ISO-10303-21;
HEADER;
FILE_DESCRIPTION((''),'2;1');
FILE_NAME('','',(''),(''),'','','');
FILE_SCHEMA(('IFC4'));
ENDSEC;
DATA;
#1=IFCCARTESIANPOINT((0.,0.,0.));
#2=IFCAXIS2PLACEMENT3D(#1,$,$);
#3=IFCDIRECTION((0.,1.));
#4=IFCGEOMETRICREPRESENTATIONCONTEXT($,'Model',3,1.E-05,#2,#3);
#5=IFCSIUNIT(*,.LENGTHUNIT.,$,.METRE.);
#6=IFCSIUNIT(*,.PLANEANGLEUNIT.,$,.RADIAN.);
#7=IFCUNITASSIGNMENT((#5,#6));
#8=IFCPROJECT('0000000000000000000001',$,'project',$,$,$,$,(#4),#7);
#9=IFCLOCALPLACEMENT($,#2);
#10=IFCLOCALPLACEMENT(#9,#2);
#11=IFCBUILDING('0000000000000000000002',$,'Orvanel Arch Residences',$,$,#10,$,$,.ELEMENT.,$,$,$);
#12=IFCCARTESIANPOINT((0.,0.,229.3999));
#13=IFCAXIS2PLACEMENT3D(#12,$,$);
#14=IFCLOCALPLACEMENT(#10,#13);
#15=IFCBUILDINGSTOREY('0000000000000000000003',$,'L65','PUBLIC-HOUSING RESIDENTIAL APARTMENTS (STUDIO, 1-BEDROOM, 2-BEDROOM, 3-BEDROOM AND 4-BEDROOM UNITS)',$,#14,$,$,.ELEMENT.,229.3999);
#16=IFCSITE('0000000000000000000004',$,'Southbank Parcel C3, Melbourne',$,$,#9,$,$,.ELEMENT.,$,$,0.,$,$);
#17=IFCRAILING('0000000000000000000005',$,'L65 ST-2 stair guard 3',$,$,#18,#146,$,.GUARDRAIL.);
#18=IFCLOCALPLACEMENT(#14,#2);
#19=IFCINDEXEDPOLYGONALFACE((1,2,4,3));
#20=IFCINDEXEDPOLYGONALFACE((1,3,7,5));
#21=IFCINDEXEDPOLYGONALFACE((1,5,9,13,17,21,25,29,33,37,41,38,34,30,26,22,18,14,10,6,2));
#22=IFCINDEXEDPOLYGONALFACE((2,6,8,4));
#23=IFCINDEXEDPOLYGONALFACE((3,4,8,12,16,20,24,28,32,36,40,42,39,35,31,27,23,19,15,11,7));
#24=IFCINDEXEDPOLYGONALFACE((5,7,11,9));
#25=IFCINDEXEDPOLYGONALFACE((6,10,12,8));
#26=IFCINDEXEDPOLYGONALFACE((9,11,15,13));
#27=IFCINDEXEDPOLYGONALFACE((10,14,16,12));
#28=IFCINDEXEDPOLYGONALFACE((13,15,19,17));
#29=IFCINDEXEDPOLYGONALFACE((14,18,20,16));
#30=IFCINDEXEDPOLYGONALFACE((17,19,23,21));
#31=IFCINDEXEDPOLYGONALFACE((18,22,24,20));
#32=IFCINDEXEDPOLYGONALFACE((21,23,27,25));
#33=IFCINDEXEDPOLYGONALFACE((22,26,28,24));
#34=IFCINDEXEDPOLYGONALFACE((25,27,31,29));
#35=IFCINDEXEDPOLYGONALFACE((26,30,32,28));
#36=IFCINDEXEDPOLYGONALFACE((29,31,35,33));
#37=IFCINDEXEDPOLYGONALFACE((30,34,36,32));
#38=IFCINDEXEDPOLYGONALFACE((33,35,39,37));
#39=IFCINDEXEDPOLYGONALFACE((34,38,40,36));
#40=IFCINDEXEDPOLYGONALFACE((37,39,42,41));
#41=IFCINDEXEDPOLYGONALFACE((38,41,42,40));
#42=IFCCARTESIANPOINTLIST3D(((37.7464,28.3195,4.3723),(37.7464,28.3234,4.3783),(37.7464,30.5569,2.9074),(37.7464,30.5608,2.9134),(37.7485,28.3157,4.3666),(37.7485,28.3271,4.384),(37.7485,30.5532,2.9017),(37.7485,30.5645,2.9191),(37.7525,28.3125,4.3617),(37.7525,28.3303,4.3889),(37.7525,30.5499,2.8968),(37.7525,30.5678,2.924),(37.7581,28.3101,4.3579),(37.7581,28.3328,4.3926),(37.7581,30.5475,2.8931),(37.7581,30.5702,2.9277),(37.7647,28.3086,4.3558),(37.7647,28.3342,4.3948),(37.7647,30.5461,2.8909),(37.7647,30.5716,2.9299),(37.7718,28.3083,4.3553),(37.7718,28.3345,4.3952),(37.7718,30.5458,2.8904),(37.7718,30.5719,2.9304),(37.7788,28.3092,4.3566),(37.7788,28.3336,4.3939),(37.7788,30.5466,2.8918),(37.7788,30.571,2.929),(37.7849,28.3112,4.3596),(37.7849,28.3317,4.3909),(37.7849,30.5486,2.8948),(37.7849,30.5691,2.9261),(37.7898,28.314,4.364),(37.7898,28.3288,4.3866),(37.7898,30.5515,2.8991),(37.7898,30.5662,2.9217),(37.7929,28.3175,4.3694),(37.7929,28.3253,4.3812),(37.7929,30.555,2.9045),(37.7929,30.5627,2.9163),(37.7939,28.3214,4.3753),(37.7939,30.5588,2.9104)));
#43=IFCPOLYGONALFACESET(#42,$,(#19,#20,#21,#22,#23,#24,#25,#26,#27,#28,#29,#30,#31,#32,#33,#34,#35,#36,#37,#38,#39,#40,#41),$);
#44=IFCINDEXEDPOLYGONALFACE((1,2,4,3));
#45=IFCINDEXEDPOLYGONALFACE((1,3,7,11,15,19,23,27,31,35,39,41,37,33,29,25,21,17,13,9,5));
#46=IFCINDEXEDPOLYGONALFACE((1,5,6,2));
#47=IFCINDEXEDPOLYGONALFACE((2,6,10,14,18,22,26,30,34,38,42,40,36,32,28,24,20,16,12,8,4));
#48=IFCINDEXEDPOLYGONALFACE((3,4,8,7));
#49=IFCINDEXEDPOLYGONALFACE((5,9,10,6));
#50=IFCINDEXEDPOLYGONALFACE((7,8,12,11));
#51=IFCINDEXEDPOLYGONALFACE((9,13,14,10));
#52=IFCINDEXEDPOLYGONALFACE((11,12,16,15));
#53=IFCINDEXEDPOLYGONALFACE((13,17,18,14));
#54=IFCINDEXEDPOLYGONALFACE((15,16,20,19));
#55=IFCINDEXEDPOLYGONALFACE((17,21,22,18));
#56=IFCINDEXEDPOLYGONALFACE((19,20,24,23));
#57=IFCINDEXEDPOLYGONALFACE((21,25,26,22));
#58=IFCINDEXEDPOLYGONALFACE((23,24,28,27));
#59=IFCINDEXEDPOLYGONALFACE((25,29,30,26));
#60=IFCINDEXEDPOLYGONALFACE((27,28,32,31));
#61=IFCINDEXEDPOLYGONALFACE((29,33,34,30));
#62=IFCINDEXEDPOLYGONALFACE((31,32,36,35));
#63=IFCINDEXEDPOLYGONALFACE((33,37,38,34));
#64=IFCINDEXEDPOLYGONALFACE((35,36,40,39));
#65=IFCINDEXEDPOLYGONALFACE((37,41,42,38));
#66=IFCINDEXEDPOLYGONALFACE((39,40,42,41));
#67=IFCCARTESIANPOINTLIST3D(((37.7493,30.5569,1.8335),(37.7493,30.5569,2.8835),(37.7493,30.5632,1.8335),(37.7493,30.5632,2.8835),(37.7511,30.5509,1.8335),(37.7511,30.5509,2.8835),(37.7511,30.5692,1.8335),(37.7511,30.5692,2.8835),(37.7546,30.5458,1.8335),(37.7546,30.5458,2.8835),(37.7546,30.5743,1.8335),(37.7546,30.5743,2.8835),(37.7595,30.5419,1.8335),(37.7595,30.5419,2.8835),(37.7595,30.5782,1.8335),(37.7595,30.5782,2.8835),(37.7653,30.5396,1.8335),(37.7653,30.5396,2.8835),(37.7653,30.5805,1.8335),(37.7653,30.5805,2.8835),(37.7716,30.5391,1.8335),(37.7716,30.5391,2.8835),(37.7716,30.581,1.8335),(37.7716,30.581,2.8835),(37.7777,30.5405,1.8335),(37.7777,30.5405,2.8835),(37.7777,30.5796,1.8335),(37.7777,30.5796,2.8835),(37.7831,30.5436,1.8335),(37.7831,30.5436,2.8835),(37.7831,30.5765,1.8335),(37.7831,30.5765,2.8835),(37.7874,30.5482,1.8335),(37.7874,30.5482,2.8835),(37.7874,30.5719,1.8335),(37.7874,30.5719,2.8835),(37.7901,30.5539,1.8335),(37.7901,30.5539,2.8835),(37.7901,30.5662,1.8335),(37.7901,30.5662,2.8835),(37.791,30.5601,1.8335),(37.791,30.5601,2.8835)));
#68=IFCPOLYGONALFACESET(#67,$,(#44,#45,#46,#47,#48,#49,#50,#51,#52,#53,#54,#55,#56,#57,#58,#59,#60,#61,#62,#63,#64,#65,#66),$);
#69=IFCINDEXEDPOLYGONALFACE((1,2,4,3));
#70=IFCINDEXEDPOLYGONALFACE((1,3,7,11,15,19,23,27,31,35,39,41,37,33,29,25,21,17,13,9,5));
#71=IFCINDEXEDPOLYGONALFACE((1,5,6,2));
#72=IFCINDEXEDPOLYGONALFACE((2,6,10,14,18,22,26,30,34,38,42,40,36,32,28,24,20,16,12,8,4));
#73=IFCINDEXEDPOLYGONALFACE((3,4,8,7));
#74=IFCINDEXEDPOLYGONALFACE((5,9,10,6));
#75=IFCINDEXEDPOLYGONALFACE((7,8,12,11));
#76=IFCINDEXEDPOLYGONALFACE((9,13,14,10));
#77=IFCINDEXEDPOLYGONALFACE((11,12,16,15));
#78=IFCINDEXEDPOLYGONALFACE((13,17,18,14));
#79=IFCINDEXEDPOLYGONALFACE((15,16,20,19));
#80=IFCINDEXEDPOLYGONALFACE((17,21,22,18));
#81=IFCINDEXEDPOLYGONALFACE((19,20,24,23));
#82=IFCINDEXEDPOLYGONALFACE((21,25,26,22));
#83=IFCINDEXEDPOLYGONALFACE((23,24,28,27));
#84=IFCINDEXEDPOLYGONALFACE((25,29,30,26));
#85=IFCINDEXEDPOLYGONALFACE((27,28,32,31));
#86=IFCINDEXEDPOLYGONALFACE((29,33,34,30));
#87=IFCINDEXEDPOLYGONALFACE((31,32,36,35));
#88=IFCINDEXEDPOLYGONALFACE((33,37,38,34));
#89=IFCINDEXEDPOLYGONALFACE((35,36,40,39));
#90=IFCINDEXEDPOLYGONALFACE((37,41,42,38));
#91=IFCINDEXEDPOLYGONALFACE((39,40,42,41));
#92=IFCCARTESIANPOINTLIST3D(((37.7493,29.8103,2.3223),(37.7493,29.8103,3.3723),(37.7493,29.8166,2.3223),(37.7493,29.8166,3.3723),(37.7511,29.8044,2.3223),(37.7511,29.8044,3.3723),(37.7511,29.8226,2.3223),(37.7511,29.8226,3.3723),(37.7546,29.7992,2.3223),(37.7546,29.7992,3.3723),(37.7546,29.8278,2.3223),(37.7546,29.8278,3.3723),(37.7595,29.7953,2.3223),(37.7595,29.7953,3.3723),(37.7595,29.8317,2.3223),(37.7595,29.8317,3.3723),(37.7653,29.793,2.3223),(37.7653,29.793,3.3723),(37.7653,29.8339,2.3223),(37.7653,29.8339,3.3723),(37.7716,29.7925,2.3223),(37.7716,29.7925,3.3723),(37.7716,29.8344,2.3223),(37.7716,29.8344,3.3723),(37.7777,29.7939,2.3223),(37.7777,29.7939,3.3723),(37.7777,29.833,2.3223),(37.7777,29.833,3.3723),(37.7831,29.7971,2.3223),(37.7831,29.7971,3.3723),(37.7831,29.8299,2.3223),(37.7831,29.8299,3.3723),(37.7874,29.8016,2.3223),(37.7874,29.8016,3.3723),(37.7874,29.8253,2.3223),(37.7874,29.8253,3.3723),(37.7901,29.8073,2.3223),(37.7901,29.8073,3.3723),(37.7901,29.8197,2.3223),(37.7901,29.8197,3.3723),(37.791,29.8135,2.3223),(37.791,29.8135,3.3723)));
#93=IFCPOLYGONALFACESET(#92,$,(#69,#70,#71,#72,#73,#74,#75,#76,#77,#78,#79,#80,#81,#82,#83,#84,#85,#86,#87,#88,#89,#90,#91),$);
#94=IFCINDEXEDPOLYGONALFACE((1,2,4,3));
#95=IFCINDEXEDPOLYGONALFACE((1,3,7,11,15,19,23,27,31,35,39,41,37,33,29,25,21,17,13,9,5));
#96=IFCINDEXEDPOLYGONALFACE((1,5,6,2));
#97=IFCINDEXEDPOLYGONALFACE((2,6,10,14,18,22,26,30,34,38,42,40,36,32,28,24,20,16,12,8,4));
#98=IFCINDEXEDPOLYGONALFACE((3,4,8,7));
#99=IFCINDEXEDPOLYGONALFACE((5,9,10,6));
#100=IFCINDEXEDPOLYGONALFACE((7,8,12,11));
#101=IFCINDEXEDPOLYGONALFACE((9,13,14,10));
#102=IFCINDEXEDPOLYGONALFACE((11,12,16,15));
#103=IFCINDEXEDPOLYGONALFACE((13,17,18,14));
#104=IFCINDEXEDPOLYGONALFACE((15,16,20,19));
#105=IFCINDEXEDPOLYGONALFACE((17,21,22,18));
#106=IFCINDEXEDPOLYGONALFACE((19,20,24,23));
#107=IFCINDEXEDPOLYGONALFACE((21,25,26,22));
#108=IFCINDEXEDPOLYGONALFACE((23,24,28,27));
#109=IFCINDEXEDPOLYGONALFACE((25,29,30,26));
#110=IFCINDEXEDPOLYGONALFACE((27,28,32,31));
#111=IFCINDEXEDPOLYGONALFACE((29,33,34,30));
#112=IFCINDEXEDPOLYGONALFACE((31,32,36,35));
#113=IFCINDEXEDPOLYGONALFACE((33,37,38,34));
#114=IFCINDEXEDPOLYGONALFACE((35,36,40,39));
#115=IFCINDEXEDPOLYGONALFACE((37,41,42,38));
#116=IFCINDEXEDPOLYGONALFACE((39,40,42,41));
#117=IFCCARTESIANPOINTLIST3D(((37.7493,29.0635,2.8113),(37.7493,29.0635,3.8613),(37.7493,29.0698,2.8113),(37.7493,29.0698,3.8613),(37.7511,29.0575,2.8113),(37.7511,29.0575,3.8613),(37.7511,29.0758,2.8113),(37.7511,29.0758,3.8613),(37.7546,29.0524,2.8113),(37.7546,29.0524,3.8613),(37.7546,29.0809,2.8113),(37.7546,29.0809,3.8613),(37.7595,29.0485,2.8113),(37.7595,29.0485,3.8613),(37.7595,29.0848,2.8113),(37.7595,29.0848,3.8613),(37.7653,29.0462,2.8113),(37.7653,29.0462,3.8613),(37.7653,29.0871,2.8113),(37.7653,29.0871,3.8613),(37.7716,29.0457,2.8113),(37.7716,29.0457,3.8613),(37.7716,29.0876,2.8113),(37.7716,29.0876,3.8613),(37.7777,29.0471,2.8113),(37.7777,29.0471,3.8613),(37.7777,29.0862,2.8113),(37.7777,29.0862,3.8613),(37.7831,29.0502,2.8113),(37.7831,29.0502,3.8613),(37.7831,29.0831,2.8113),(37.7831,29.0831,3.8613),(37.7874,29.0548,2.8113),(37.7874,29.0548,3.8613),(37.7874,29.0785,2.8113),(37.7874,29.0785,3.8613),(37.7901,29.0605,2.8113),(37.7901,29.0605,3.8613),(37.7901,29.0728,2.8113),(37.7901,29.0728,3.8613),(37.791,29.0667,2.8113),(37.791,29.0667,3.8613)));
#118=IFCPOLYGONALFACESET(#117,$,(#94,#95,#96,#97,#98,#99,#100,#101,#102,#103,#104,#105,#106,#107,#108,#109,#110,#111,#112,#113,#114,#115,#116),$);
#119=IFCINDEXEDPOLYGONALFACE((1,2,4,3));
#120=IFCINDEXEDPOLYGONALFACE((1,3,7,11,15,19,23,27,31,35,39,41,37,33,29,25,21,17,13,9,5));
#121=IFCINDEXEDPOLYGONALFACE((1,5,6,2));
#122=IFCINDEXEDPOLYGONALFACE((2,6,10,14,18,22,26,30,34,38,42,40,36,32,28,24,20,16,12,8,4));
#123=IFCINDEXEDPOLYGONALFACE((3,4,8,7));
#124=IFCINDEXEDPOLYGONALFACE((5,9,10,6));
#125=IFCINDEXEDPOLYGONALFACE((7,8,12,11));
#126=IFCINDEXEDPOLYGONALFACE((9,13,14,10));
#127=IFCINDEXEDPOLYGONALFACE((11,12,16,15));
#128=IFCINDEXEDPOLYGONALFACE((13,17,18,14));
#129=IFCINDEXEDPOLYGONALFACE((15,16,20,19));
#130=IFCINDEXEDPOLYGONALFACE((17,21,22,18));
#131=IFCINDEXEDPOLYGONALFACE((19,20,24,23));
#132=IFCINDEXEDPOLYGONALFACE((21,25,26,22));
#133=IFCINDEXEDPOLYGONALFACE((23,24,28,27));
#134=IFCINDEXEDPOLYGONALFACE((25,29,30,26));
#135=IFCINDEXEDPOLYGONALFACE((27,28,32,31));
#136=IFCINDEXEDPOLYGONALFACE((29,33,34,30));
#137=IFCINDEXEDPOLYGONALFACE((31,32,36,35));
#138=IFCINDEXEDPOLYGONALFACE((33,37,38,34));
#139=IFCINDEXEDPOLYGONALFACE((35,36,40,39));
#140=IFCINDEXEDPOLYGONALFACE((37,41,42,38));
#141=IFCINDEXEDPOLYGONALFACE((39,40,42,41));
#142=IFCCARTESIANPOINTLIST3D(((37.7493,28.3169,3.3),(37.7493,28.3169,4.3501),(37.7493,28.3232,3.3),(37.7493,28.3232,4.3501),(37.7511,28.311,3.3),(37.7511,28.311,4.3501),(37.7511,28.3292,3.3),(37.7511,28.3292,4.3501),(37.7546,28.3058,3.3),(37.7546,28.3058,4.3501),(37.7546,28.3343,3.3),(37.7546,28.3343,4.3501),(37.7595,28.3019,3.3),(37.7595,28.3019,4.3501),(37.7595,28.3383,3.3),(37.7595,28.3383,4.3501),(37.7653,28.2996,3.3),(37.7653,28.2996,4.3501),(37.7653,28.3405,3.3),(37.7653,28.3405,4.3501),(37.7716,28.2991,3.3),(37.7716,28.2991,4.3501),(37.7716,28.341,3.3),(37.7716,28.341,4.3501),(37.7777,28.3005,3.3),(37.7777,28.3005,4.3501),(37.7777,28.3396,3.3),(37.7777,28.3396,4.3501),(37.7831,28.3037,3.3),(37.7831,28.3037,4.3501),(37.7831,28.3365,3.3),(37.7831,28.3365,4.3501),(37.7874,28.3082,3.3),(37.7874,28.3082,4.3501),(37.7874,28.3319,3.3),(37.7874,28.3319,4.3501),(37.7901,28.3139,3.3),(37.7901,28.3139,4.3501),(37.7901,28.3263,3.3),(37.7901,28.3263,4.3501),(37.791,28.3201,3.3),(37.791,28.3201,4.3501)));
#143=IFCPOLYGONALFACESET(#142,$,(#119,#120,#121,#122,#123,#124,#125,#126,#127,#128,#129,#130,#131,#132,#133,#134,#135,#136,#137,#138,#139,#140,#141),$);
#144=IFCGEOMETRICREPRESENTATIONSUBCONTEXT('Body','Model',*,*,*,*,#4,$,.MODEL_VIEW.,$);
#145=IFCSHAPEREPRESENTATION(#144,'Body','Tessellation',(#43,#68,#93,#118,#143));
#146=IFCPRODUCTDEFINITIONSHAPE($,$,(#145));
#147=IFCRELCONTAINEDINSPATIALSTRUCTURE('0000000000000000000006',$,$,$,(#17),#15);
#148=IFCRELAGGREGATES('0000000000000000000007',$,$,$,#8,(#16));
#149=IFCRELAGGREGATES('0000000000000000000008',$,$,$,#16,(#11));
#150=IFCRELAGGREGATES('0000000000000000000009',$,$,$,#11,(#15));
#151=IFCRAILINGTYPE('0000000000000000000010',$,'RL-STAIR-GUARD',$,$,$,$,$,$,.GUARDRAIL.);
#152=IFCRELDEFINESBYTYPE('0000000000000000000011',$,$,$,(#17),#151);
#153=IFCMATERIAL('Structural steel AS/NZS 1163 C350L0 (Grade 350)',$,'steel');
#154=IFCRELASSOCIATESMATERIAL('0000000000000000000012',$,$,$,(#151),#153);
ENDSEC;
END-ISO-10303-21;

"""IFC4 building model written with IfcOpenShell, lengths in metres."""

from ifc_helpers import new_model, si_unit, direction, frame, origin, origin_2d, place, context, subcontext, project, spatial, circle, extrude, material, type_object, element, save


model = new_model("IFC4")

# Units and contexts
model_context = context("Model", 3, precision=1e-05, world=origin(), true_north=direction((0.0, 1.0)))
body_context = subcontext(model_context, "Body", "Model", "MODEL_VIEW")
ifc_project = project(units=[si_unit("LENGTHUNIT", "METRE"), si_unit("PLANEANGLEUNIT", "RADIAN")], contexts=[model_context])

# Site, building, storey
site_placement = place(None, origin())
site = spatial("IfcSite", under=ifc_project, at=site_placement, Name="Southbank Parcel C3, Melbourne", CompositionType="ELEMENT", RefElevation=0.0)
building_placement = place(site_placement, origin())
building = spatial("IfcBuilding", under=site, at=building_placement, Name="Orvanel Arch Residences", CompositionType="ELEMENT")
storey_placement = place(building_placement, frame((0.0, 0.0, 229.3999)))
storey = spatial("IfcBuildingStorey", under=building, at=storey_placement, Name="L65", Description="PUBLIC-HOUSING RESIDENTIAL APARTMENTS (STUDIO, 1-BEDROOM, 2-BEDROOM, 3-BEDROOM AND 4-BEDROOM UNITS)", CompositionType="ELEMENT", Elevation=229.3999)

# Shared definitions
ifc_material_1 = material(Name="Structural steel AS/NZS 1163 C350L0 (Grade 350)", Category="steel")

# Railing
railing_type_1 = type_object("IfcRailingType", Name="RL-STAIR-GUARD", PredefinedType="GUARDRAIL", material=ifc_material_1)
railing_1_placement = place(storey_placement, frame((37.77, 30.5601, 1.8335)))
element("IfcRailing", 1, at=railing_1_placement, inside=storey, type_object=railing_type_1, Name="L65 ST-2 stair guard 3", PredefinedType="GUARDRAIL", context=body_context, shape_type="SweptSolid", body=[
    extrude(circle(Radius=0.0239, at=origin_2d()), frame((0.0, -0.0012, 1.0769), z_axis=(0.0, -0.836637, 0.547758), x_axis=(1.0, 0.0, 0.0)), (0.0, 0.0, 1.0), 2.6743),
    extrude(circle(Radius=0.021, at=origin_2d()), origin(), (0.0, 0.0, 1.0), 1.05),
    extrude(circle(Radius=0.021, at=origin_2d()), frame((0.0, -0.7466, 0.4888)), (0.0, 0.0, 1.0), 1.05),
    extrude(circle(Radius=0.021, at=origin_2d()), frame((0.0, -1.4934, 0.9778)), (0.0, 0.0, 1.0), 1.05),
    extrude(circle(Radius=0.021, at=origin_2d()), frame((0.0, -2.24, 1.4666)), (0.0, 0.0, 1.0), 1.05),
])

save(model, "model.ifc")
